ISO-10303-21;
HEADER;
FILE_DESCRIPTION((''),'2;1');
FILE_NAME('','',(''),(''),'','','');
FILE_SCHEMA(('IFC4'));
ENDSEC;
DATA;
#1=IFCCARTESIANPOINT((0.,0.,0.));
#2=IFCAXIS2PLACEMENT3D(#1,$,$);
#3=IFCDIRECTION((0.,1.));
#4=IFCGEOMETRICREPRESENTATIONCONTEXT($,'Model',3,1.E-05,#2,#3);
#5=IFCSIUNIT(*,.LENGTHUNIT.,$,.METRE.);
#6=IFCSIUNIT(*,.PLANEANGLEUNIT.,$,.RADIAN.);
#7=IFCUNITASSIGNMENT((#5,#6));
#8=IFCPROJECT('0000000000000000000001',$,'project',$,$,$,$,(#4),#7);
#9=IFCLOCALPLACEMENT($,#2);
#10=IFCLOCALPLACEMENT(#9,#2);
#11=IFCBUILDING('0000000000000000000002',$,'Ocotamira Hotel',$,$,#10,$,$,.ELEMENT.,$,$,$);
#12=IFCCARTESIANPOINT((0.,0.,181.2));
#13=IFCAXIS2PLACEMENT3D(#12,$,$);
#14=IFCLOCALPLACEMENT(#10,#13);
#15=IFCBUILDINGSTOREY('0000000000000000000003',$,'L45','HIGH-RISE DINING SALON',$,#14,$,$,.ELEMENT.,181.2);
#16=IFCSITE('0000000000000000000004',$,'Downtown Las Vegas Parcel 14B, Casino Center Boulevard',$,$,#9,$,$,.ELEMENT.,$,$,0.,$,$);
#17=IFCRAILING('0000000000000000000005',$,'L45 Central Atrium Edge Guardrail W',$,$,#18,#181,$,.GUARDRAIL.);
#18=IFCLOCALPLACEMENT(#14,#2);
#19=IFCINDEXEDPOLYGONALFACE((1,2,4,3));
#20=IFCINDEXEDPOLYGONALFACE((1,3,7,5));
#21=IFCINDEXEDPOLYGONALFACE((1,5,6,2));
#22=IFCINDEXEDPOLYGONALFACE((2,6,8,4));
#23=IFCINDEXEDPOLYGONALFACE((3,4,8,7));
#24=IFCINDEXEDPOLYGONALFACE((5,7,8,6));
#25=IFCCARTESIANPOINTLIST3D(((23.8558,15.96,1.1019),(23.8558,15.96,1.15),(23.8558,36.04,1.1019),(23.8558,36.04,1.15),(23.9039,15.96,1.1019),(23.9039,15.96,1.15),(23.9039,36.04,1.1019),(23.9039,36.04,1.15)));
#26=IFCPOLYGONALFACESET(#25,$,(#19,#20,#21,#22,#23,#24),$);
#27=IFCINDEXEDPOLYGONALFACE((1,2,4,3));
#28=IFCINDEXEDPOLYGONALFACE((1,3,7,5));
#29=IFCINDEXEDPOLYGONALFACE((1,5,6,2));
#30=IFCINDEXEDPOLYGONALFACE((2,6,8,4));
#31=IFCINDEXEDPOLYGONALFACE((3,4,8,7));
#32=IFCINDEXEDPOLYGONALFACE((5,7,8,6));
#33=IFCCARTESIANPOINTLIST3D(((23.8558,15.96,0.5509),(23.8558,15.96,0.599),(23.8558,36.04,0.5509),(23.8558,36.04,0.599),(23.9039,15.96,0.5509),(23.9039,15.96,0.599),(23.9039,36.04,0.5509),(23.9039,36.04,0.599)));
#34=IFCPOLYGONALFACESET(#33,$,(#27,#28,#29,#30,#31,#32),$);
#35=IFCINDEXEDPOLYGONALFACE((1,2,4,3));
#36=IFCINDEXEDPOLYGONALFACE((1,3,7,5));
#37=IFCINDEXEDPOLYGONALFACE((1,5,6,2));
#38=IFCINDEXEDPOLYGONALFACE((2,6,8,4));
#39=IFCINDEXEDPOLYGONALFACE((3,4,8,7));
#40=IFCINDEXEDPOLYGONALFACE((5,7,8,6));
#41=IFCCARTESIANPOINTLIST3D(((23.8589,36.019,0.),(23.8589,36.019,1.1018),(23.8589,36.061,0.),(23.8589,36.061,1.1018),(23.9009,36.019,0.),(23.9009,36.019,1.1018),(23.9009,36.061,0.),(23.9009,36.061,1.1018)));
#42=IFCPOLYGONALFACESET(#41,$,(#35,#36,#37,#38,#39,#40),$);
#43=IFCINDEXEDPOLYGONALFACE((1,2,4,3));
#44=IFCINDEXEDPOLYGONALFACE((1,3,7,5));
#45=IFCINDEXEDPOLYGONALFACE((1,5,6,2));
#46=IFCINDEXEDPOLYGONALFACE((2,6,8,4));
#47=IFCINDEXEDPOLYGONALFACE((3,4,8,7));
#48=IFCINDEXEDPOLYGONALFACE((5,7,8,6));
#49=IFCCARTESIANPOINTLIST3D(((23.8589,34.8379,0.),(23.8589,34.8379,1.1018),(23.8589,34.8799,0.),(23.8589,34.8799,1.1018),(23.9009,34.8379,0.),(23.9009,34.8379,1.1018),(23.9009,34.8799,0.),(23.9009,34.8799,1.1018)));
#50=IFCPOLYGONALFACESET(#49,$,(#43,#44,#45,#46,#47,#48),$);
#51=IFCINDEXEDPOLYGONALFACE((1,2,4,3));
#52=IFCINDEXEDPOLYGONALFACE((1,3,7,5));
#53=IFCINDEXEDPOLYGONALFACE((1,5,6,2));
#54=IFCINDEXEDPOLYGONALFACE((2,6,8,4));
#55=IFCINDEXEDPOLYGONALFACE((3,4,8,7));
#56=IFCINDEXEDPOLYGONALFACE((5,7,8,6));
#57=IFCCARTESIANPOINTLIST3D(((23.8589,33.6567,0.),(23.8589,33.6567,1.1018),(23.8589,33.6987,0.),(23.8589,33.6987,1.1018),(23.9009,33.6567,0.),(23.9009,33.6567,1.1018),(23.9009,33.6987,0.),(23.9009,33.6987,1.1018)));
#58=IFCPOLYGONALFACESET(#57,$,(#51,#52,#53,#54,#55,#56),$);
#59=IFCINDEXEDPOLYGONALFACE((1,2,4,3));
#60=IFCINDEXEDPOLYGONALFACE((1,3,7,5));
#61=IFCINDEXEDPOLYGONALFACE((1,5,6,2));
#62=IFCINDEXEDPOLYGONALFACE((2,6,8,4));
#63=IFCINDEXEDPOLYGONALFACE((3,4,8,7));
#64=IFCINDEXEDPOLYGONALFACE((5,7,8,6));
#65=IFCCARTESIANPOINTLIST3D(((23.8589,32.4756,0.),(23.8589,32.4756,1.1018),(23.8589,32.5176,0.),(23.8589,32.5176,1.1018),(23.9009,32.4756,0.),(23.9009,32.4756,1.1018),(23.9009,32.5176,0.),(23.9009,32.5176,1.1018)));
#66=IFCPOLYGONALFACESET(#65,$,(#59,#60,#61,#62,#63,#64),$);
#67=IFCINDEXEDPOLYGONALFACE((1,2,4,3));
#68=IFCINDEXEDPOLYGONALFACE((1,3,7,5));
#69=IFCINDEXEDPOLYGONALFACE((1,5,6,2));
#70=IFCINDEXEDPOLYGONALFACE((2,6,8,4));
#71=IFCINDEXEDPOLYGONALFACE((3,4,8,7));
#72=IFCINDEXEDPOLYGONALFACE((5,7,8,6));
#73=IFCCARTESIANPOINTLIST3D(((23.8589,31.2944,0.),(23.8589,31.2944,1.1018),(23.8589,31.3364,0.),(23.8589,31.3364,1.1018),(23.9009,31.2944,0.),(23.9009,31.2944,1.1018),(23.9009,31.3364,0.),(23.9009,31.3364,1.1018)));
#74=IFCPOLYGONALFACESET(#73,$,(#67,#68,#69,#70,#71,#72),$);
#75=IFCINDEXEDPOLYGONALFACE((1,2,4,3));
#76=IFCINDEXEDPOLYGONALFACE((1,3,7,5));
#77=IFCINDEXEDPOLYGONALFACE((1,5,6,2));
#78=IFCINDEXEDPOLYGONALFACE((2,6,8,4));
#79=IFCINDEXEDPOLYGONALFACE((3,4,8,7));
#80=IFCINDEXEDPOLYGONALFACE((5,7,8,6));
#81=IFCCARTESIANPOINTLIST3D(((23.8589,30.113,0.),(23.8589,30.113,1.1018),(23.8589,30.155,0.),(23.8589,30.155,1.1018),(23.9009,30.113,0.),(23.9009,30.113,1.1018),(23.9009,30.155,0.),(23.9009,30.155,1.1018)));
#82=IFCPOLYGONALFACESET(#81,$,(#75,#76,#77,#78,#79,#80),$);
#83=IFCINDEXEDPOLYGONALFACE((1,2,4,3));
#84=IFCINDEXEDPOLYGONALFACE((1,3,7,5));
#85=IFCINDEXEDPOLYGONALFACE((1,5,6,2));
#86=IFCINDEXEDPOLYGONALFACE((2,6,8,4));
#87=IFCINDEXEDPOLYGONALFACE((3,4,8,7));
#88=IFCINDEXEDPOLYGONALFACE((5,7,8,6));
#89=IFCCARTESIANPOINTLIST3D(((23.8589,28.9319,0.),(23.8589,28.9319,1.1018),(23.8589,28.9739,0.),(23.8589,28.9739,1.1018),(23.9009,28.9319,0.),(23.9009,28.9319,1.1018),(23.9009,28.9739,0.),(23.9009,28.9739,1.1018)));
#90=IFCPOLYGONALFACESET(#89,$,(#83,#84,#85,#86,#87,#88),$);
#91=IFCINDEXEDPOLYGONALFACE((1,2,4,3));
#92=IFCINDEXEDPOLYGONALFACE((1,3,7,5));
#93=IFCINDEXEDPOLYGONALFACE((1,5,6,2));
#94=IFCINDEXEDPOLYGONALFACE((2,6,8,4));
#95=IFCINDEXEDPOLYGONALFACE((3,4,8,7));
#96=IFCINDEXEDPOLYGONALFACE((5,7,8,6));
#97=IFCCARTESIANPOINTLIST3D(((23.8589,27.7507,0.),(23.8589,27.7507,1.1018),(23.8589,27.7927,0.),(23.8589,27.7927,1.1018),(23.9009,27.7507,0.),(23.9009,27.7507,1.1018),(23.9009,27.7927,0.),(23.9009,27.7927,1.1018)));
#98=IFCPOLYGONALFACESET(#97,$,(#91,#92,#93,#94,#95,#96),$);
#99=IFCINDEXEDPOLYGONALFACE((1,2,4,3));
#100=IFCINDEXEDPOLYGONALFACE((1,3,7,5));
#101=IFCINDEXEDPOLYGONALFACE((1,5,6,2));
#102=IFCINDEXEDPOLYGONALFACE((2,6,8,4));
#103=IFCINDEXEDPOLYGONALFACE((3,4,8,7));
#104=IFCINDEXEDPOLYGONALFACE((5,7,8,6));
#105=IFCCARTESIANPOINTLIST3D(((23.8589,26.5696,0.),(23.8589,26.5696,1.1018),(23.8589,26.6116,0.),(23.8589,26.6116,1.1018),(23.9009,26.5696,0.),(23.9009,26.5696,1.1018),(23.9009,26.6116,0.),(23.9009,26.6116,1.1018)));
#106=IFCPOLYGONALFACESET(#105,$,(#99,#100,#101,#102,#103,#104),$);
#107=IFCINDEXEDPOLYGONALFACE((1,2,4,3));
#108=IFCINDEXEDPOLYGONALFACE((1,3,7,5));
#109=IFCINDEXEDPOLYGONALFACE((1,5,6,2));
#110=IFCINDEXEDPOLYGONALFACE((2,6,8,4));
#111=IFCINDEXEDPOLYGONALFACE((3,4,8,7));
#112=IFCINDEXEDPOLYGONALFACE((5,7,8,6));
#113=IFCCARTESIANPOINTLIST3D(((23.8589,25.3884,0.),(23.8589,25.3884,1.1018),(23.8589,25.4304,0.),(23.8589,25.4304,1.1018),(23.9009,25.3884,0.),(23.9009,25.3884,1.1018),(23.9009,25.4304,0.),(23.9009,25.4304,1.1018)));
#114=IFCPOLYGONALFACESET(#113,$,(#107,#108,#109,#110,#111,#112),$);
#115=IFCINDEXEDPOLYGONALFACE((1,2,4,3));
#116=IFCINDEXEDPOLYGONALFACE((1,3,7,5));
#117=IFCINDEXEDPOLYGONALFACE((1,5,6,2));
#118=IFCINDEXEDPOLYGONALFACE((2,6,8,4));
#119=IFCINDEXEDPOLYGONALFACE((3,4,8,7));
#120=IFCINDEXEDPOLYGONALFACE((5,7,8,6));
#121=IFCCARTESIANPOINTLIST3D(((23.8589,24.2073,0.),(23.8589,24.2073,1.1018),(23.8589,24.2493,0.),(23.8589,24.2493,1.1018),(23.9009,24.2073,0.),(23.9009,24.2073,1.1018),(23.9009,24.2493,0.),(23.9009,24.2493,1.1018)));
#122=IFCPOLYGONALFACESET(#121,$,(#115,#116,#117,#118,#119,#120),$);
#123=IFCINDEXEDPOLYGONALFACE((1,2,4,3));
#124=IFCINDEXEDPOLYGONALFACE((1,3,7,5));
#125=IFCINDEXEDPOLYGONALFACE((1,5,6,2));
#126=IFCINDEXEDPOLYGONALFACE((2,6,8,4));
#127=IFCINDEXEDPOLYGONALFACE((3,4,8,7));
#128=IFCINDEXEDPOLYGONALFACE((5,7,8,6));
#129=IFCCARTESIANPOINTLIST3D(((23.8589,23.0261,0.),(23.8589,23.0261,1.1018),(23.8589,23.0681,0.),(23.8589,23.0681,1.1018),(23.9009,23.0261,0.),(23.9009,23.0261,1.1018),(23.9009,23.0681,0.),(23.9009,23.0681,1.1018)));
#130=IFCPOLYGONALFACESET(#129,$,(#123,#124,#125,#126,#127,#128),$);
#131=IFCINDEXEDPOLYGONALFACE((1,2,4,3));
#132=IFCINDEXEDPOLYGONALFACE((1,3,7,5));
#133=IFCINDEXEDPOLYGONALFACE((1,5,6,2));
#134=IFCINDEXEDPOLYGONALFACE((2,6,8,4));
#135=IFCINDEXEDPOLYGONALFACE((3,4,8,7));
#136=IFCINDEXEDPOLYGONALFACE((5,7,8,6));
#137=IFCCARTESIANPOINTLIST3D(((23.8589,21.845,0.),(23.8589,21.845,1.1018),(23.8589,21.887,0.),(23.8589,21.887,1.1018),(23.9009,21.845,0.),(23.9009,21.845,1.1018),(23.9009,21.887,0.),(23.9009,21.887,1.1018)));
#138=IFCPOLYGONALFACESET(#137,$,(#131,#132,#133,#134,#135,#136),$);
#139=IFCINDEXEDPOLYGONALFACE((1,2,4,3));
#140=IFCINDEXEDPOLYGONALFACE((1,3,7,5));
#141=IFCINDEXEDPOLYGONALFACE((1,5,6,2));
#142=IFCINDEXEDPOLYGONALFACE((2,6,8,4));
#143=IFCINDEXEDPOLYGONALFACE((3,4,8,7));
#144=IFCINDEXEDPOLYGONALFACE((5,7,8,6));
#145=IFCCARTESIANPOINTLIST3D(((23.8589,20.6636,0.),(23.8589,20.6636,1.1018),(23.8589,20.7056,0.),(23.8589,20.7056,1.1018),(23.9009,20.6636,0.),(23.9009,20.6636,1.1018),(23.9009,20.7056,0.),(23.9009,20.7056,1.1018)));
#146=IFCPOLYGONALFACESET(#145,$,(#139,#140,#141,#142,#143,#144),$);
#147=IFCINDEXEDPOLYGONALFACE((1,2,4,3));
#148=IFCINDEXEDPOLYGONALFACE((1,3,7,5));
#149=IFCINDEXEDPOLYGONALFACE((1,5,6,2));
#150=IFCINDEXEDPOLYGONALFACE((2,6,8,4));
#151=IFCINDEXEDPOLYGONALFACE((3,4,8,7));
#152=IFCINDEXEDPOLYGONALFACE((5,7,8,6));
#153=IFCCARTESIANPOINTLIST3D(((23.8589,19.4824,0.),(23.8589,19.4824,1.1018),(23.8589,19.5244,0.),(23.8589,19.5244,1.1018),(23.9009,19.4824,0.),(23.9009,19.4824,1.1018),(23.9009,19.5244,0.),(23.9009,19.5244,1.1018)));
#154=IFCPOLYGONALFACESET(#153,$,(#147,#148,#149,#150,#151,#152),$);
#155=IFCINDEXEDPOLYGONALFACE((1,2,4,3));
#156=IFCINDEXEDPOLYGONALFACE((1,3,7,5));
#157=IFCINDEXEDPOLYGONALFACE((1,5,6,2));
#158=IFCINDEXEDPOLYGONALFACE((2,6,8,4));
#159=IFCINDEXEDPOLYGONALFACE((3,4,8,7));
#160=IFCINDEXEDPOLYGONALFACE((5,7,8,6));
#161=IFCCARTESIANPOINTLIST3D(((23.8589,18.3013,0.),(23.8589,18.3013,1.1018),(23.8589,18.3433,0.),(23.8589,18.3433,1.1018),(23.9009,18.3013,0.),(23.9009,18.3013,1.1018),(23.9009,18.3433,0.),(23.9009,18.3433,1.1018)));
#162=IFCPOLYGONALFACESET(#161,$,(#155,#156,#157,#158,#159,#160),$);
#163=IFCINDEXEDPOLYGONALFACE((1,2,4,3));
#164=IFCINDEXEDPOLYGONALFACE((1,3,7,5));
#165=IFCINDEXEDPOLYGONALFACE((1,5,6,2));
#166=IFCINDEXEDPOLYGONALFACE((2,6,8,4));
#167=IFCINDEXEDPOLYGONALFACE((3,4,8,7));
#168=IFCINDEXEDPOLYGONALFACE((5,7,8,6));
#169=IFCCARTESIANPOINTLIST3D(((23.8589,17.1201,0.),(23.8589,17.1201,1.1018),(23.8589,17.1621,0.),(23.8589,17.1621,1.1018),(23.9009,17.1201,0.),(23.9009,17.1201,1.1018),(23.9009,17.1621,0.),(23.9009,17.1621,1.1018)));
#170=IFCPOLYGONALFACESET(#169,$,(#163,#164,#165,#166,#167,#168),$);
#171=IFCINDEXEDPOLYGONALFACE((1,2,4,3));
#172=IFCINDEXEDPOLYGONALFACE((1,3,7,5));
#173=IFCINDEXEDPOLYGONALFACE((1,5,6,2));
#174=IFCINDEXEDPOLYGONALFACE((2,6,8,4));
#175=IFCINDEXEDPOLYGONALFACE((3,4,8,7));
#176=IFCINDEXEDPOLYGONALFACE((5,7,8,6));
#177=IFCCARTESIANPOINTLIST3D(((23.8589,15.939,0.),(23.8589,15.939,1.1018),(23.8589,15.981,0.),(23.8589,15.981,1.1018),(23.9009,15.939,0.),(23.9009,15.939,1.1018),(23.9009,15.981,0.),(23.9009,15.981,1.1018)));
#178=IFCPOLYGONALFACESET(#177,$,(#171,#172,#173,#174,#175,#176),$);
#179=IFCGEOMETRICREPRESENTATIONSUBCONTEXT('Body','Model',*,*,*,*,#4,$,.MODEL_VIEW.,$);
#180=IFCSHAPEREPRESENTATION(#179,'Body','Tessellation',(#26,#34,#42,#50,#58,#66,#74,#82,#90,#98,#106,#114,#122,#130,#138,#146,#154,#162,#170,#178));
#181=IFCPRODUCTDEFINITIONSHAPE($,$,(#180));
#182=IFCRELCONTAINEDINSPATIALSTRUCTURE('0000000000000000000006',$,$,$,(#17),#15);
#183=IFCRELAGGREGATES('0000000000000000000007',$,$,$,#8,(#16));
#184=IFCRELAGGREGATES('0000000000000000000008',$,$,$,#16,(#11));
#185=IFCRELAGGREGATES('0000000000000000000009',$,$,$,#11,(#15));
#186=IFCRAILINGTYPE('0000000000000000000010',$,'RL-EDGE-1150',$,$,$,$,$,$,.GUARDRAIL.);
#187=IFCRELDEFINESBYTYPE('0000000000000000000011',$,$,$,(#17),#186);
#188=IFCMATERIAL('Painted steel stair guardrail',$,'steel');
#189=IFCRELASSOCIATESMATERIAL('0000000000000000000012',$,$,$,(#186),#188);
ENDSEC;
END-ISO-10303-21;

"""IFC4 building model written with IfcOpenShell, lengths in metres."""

from ifc_helpers import new_model, si_unit, direction, frame, origin, origin_2d, place, context, subcontext, project, spatial, rectangle, extrude, material, type_object, element, save


model = new_model("IFC4")

# Units and contexts
model_context = context("Model", 3, precision=1e-05, world=origin(), true_north=direction((0.0, 1.0)))
body_context = subcontext(model_context, "Body", "Model", "MODEL_VIEW")
ifc_project = project(units=[si_unit("LENGTHUNIT", "METRE"), si_unit("PLANEANGLEUNIT", "RADIAN")], contexts=[model_context])

# Site, building, storey
site_placement = place(None, origin())
site = spatial("IfcSite", under=ifc_project, at=site_placement, Name="Downtown Las Vegas Parcel 14B, Casino Center Boulevard", CompositionType="ELEMENT", RefElevation=0.0)
building_placement = place(site_placement, origin())
building = spatial("IfcBuilding", under=site, at=building_placement, Name="Ocotamira Hotel", CompositionType="ELEMENT")
storey_placement = place(building_placement, frame((0.0, 0.0, 181.2)))
storey = spatial("IfcBuildingStorey", under=building, at=storey_placement, Name="L45", Description="HIGH-RISE DINING SALON", CompositionType="ELEMENT", Elevation=181.2)

# Railing
ifc_material_1 = material(Name="Painted steel stair guardrail", Category="steel")
railing_type = type_object("IfcRailingType", Name="RL-EDGE-1150", PredefinedType="GUARDRAIL", material=ifc_material_1)
railing_placement = place(storey_placement, frame((23.8799, 36.04, 0.0)))
element("IfcRailing", 1, at=railing_placement, inside=storey, type_object=railing_type, Name="L45 Central Atrium Edge Guardrail W", PredefinedType="GUARDRAIL", context=body_context, shape_type="SweptSolid", body=[
    extrude(rectangle(XDim=0.0481, YDim=0.0481, at=origin_2d()), frame((0.0, 0.0, 1.126), z_axis=(0.0, -1.0, 0.0), x_axis=(1.0, 0.0, 0.0)), (0.0, 0.0, 1.0), 20.0801),
    extrude(rectangle(XDim=0.0481, YDim=0.0481, at=origin_2d()), frame((0.0, 0.0, 0.575), z_axis=(0.0, -1.0, 0.0), x_axis=(1.0, 0.0, 0.0)), (0.0, 0.0, 1.0), 20.0801),
    extrude(rectangle(XDim=0.042, YDim=0.042, at=origin_2d()), origin(), (0.0, 0.0, 1.0), 1.1018),
    extrude(rectangle(XDim=0.042, YDim=0.042, at=origin_2d()), frame((0.0, -1.1812, 0.0)), (0.0, 0.0, 1.0), 1.1018),
    extrude(rectangle(XDim=0.042, YDim=0.042, at=origin_2d()), frame((0.0, -2.3623, 0.0)), (0.0, 0.0, 1.0), 1.1018),
    extrude(rectangle(XDim=0.042, YDim=0.042, at=origin_2d()), frame((0.0, -3.5435, 0.0)), (0.0, 0.0, 1.0), 1.1018),
    extrude(rectangle(XDim=0.042, YDim=0.042, at=origin_2d()), frame((0.0, -4.7246, 0.0)), (0.0, 0.0, 1.0), 1.1018),
    extrude(rectangle(XDim=0.042, YDim=0.042, at=origin_2d()), frame((0.0, -5.906, 0.0)), (0.0, 0.0, 1.0), 1.1018),
    extrude(rectangle(XDim=0.042, YDim=0.042, at=origin_2d()), frame((0.0, -7.0872, 0.0)), (0.0, 0.0, 1.0), 1.1018),
    extrude(rectangle(XDim=0.042, YDim=0.042, at=origin_2d()), frame((0.0, -8.2683, 0.0)), (0.0, 0.0, 1.0), 1.1018),
    extrude(rectangle(XDim=0.042, YDim=0.042, at=origin_2d()), frame((0.0, -9.4495, 0.0)), (0.0, 0.0, 1.0), 1.1018),
    extrude(rectangle(XDim=0.042, YDim=0.042, at=origin_2d()), frame((0.0, -10.6306, 0.0)), (0.0, 0.0, 1.0), 1.1018),
    extrude(rectangle(XDim=0.042, YDim=0.042, at=origin_2d()), frame((0.0, -11.8118, 0.0)), (0.0, 0.0, 1.0), 1.1018),
    extrude(rectangle(XDim=0.042, YDim=0.042, at=origin_2d()), frame((0.0, -12.9929, 0.0)), (0.0, 0.0, 1.0), 1.1018),
    extrude(rectangle(XDim=0.042, YDim=0.042, at=origin_2d()), frame((0.0, -14.1741, 0.0)), (0.0, 0.0, 1.0), 1.1018),
    extrude(rectangle(XDim=0.042, YDim=0.042, at=origin_2d()), frame((0.0, -15.3555, 0.0)), (0.0, 0.0, 1.0), 1.1018),
    extrude(rectangle(XDim=0.042, YDim=0.042, at=origin_2d()), frame((0.0, -16.5366, 0.0)), (0.0, 0.0, 1.0), 1.1018),
    extrude(rectangle(XDim=0.042, YDim=0.042, at=origin_2d()), frame((0.0, -17.7178, 0.0)), (0.0, 0.0, 1.0), 1.1018),
    extrude(rectangle(XDim=0.042, YDim=0.042, at=origin_2d()), frame((0.0, -18.8989, 0.0)), (0.0, 0.0, 1.0), 1.1018),
    extrude(rectangle(XDim=0.042, YDim=0.042, at=origin_2d()), frame((0.0, -20.0801, 0.0)), (0.0, 0.0, 1.0), 1.1018),
])

save(model, "model.ifc")
